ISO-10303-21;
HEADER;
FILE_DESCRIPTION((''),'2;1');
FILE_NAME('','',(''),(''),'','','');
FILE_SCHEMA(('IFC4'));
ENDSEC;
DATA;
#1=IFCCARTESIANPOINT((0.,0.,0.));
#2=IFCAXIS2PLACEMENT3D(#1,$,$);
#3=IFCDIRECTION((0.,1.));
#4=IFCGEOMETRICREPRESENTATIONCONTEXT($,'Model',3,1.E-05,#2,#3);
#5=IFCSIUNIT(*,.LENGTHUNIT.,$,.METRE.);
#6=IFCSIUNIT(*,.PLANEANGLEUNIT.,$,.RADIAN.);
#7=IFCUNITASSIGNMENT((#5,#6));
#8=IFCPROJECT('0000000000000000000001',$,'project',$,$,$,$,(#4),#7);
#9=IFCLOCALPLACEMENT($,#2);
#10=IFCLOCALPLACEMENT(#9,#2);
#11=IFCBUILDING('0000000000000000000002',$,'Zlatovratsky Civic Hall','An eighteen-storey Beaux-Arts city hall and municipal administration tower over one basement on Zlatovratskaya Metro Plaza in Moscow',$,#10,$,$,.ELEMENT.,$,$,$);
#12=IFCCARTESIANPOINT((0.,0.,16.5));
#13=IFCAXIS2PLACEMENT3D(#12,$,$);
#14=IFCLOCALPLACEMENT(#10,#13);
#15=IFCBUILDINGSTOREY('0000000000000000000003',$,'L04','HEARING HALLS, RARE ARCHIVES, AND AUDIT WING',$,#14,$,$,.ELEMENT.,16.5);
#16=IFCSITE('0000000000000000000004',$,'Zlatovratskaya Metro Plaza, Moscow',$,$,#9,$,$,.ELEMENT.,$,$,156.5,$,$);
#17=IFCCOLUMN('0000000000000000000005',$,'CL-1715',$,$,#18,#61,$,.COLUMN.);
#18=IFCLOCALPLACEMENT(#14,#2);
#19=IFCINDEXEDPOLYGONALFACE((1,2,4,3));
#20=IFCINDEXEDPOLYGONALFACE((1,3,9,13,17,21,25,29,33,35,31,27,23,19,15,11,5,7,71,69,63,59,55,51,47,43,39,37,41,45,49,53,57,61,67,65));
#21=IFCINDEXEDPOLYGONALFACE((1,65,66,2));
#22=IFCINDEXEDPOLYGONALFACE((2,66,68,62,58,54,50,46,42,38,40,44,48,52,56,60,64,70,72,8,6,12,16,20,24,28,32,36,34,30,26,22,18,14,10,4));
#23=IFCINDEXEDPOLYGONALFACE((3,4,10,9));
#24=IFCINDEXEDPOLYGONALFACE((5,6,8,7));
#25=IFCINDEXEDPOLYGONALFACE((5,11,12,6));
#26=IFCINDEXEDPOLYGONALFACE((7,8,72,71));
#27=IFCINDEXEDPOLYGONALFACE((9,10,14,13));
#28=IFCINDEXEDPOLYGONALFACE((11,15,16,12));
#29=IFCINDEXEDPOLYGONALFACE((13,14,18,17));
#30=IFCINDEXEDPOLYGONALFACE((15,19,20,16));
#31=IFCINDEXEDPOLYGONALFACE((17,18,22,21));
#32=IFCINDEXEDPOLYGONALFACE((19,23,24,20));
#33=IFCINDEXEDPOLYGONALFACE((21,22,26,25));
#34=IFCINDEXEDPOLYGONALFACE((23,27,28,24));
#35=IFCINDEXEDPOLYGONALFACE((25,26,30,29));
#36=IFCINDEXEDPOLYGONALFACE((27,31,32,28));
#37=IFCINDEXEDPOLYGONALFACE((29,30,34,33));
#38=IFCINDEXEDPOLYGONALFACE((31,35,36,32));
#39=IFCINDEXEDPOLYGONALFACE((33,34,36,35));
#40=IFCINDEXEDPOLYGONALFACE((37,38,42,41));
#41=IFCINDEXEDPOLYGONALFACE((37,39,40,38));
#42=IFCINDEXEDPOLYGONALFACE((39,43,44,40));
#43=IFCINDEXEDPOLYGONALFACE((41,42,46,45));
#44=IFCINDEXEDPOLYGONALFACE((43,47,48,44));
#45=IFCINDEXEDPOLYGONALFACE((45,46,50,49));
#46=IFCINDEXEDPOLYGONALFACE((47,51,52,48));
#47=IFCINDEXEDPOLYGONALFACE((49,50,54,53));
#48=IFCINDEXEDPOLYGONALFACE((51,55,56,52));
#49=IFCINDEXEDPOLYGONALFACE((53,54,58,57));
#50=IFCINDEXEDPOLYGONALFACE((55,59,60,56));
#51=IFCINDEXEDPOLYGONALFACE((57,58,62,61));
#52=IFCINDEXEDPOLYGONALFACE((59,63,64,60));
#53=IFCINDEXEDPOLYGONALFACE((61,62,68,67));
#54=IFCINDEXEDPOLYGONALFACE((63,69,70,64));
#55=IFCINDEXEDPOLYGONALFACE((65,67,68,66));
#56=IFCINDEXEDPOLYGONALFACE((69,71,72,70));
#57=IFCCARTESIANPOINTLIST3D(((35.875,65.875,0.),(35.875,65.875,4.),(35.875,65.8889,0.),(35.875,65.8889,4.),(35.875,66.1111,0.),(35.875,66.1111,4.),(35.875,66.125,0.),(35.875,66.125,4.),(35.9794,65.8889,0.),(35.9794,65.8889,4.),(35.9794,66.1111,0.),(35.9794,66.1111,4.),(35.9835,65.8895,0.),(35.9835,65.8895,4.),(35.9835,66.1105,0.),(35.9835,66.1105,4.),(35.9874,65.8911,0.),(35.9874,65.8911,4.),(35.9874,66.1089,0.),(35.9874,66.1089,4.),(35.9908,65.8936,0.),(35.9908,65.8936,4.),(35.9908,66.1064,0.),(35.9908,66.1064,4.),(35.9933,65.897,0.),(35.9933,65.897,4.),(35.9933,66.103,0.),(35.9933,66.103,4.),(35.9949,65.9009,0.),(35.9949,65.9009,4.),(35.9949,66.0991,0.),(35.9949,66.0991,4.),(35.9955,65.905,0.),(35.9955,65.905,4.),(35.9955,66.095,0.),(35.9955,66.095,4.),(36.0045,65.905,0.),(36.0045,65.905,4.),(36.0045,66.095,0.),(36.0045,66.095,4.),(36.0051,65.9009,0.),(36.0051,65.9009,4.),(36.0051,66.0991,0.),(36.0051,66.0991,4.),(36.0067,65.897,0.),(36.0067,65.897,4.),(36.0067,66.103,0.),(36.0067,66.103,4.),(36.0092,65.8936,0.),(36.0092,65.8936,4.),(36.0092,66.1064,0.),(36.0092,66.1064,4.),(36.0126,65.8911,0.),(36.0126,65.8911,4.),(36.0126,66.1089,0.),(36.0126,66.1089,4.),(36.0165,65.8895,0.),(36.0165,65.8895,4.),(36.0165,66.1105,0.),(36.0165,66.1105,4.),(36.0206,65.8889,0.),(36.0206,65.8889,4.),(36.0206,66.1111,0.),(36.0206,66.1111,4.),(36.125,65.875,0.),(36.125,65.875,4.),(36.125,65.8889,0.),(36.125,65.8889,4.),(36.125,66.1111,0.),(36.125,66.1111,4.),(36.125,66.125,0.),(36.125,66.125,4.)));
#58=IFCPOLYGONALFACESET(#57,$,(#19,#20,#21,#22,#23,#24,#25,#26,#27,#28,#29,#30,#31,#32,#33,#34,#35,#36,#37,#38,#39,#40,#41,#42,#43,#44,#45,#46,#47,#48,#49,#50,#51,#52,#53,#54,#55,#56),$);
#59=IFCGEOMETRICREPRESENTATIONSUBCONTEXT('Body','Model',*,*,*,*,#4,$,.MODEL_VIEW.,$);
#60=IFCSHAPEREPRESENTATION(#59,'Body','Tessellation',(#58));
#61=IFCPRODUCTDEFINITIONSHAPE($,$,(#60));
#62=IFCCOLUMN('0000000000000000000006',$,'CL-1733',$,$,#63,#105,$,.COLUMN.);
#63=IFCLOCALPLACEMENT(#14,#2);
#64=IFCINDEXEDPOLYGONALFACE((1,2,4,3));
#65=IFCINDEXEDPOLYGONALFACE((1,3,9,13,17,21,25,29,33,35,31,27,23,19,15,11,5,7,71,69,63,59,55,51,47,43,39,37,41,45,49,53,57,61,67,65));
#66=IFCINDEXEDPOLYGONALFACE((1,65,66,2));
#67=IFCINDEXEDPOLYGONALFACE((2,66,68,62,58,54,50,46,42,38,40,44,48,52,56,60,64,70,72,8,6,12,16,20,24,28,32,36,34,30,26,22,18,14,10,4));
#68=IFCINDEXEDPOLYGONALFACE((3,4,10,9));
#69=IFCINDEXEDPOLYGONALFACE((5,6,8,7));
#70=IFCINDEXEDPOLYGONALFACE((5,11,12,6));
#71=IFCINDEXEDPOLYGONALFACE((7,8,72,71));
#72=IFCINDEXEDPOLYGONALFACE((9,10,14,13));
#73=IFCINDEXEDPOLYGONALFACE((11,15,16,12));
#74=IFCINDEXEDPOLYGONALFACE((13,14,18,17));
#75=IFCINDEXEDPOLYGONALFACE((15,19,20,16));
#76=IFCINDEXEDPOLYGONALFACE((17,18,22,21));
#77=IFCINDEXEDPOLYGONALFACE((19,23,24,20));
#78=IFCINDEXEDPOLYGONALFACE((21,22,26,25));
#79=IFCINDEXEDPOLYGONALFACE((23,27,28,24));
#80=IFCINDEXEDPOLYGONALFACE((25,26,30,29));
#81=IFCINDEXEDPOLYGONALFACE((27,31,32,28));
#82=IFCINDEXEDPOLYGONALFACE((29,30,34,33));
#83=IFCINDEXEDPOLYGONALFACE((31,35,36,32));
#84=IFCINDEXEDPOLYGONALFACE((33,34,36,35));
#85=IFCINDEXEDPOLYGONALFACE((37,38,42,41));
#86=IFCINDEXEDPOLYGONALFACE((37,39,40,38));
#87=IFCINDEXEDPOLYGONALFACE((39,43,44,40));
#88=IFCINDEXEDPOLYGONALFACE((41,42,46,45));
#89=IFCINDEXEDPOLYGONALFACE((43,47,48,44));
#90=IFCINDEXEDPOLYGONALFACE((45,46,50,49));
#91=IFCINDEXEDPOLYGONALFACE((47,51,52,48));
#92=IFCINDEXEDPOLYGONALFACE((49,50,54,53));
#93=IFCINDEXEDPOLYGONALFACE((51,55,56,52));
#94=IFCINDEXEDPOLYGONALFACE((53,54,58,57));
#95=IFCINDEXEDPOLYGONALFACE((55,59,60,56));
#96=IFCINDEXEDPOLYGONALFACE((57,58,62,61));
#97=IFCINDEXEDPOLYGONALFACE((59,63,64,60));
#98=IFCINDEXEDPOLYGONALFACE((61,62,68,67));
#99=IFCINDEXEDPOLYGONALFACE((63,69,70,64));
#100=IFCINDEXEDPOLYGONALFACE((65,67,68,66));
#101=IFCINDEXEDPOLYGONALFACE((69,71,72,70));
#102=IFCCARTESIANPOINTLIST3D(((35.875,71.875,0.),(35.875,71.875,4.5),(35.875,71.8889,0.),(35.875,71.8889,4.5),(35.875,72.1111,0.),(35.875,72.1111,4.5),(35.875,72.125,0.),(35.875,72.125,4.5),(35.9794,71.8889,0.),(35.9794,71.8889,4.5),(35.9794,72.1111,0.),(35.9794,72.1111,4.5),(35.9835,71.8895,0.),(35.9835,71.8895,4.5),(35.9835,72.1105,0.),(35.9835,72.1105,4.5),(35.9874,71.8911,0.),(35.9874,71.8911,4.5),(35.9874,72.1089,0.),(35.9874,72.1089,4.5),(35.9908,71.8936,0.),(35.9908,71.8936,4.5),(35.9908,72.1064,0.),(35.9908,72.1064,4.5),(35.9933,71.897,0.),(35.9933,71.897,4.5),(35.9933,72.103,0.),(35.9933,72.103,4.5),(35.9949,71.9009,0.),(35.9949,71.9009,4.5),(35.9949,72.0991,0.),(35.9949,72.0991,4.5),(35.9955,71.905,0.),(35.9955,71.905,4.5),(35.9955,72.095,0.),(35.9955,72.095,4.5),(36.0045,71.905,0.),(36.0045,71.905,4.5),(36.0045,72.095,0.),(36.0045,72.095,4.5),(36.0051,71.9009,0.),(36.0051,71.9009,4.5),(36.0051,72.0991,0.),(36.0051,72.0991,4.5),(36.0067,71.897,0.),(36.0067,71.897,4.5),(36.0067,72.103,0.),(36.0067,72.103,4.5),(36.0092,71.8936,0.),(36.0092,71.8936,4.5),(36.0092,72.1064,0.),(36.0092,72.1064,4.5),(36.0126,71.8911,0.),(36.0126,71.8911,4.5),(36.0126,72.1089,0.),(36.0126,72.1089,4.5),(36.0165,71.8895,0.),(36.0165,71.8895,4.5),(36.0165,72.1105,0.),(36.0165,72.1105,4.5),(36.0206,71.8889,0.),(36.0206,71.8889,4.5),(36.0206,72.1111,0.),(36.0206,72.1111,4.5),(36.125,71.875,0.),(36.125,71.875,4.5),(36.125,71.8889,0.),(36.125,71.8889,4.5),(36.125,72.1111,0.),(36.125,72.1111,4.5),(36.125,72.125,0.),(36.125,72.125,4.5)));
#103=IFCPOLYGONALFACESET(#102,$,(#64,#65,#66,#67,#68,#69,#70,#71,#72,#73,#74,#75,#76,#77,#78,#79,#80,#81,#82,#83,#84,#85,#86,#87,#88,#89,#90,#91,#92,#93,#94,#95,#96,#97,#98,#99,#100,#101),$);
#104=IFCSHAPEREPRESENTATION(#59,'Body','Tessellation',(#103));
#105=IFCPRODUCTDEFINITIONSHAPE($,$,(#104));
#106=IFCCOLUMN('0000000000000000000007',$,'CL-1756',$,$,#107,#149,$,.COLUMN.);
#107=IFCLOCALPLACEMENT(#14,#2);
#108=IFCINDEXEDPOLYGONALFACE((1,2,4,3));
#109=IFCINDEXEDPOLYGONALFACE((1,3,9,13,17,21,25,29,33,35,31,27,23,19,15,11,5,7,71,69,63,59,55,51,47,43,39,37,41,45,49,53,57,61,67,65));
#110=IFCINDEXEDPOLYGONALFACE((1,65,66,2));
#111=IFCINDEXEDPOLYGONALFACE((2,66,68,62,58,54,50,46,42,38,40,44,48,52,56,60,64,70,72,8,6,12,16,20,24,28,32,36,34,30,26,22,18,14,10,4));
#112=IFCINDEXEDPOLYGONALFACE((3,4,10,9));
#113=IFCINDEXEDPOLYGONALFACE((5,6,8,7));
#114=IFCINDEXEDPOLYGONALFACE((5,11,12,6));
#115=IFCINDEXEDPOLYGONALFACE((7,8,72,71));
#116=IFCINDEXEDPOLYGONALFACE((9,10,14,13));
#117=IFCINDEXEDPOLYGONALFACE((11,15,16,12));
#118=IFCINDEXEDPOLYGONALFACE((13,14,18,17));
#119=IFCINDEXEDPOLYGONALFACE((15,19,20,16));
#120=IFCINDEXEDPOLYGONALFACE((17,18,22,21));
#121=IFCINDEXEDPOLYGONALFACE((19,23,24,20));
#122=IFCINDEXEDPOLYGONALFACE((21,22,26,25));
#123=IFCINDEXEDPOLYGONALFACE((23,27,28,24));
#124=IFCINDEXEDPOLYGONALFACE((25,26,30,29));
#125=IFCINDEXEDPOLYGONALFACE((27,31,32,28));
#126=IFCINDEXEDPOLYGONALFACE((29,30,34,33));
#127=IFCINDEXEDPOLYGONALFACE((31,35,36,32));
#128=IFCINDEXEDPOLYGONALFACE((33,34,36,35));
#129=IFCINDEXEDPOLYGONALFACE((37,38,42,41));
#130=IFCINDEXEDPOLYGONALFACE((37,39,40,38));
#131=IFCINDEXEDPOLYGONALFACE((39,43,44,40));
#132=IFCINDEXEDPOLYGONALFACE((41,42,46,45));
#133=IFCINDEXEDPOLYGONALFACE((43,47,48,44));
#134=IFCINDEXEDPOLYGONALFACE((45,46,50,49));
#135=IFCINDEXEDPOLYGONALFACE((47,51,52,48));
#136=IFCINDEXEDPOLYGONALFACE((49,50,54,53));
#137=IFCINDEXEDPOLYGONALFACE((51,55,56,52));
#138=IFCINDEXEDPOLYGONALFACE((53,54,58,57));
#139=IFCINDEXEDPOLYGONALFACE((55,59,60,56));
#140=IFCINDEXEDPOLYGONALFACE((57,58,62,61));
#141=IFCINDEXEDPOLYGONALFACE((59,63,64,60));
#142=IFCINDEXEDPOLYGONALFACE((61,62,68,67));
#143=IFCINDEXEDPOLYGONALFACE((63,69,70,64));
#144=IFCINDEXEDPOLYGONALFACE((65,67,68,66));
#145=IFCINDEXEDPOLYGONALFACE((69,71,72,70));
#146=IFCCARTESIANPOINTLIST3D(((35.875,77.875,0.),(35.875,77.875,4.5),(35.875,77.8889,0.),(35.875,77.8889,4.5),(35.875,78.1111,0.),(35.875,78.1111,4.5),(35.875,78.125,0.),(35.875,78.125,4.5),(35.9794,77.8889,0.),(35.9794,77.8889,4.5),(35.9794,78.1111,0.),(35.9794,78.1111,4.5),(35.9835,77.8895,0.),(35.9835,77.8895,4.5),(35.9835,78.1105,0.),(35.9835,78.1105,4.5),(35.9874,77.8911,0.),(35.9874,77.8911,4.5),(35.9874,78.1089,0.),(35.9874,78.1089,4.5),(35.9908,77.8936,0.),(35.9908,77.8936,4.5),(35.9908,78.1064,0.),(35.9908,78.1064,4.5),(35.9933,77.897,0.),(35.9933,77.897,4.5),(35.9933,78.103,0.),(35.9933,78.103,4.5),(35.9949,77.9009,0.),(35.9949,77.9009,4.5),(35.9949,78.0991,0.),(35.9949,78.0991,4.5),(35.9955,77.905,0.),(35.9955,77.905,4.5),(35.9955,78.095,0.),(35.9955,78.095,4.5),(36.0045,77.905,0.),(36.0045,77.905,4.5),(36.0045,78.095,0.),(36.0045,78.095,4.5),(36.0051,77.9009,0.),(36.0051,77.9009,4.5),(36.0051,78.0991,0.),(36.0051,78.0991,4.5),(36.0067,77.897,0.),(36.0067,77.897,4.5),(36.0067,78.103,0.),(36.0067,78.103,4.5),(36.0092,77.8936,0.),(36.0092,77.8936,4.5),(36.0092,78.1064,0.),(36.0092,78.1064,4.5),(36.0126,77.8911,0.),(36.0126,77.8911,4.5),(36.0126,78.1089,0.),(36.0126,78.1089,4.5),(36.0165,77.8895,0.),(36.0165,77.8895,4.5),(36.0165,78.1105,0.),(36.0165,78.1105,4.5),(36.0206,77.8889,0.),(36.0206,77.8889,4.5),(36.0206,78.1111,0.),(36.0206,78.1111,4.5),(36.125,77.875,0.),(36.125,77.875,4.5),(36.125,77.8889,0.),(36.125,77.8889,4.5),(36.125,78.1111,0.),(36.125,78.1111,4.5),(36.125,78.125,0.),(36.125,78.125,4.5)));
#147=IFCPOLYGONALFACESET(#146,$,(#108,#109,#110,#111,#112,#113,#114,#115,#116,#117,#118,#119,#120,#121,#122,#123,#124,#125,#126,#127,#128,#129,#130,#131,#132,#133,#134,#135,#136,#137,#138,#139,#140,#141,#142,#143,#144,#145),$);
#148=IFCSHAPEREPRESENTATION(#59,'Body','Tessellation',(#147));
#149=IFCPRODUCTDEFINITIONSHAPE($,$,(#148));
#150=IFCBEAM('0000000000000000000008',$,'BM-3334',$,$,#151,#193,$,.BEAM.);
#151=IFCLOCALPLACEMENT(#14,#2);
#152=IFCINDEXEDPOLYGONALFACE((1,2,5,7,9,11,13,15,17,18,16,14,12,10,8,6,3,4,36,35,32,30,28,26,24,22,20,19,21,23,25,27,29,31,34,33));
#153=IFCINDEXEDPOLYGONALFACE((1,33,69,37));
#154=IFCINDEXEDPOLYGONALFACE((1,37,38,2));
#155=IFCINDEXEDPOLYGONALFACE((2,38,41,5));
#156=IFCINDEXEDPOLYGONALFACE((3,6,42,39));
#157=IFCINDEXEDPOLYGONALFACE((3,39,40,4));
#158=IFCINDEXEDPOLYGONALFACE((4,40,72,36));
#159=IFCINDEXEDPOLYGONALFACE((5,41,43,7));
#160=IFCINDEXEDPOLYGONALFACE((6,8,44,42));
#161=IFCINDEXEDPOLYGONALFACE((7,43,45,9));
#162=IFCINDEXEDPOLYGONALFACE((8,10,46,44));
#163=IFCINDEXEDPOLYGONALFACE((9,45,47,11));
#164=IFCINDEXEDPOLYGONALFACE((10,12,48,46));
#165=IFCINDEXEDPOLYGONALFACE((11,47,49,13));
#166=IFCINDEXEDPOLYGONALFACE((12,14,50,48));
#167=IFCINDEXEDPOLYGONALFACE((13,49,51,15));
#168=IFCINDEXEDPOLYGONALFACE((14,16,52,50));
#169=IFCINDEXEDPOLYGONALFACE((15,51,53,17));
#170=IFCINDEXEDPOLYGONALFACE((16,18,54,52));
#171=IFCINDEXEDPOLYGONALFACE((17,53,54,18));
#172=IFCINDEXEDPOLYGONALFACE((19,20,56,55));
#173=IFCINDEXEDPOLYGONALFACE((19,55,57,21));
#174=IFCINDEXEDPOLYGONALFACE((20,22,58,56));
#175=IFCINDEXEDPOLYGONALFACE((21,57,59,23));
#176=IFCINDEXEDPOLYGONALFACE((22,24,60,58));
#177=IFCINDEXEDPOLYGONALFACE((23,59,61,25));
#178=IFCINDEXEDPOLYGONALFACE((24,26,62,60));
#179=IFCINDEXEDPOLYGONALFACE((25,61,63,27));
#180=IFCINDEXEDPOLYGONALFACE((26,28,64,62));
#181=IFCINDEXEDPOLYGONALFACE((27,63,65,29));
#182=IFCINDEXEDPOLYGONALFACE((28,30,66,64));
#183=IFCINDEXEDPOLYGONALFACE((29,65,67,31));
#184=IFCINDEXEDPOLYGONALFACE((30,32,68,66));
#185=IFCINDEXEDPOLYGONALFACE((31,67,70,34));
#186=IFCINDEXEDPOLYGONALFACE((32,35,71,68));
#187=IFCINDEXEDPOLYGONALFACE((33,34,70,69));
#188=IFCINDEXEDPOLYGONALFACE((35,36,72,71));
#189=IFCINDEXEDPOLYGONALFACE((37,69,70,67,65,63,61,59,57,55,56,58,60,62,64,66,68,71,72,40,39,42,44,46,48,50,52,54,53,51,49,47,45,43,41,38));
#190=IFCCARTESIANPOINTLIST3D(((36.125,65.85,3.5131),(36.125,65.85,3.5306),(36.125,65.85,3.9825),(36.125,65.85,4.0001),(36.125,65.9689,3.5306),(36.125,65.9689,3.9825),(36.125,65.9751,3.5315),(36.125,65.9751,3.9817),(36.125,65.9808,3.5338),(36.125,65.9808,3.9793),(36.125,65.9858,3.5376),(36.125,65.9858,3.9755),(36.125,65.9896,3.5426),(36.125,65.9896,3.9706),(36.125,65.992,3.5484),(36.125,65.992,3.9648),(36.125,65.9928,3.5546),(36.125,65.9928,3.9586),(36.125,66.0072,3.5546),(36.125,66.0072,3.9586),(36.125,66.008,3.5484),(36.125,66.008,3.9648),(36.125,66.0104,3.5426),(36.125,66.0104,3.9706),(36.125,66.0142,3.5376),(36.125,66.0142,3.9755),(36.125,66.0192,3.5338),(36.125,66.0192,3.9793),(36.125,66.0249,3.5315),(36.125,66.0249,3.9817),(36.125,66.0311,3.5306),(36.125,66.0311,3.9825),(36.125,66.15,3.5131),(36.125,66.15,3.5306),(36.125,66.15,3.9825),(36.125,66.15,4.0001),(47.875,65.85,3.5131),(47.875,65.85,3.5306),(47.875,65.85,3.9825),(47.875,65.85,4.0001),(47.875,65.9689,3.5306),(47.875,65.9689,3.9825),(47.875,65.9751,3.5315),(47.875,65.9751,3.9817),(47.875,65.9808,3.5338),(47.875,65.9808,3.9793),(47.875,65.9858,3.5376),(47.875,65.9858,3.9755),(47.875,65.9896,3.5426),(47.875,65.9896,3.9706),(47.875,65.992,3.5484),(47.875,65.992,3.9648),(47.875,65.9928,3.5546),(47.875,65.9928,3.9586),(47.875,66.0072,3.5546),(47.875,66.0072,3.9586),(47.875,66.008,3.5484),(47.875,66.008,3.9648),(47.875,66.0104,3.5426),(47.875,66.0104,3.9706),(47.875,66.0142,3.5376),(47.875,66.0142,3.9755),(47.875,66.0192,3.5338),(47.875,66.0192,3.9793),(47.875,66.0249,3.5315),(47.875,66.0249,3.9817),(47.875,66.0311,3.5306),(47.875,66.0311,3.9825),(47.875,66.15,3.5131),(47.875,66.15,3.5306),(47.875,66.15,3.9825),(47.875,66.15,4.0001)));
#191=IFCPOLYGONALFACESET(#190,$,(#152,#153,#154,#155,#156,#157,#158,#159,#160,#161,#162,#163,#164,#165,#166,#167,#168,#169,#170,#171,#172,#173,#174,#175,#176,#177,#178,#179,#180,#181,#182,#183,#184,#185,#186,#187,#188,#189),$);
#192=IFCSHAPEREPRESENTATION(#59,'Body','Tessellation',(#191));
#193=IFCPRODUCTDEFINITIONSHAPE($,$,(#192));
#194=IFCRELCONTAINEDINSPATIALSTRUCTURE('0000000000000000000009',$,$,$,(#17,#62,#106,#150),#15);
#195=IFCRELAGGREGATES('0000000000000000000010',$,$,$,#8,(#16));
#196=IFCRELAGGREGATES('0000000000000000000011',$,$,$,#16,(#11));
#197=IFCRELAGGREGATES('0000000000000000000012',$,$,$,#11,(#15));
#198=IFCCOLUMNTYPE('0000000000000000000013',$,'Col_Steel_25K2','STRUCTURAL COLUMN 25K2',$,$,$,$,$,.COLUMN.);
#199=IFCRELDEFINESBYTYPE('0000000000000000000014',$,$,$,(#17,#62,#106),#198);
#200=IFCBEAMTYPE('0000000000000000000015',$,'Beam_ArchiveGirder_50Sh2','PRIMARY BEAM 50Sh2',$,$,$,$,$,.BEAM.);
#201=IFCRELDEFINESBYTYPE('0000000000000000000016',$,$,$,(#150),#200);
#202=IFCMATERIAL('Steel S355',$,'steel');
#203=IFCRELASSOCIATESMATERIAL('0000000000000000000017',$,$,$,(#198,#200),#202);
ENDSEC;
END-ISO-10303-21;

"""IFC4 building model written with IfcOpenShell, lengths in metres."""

from ifc_helpers import new_model, si_unit, direction, frame, origin, origin_2d, place, context, subcontext, project, spatial, i_section, extrude, material, material_profile, profile_set, type_object, element, save


model = new_model("IFC4")

# Units and contexts
model_context = context("Model", 3, precision=1e-05, world=origin(), true_north=direction((0.0, 1.0)))
body_context = subcontext(model_context, "Body", "Model", "MODEL_VIEW")
ifc_project = project(units=[si_unit("LENGTHUNIT", "METRE"), si_unit("PLANEANGLEUNIT", "RADIAN")], contexts=[model_context])

# Site, building, storey
site_placement = place(None, origin())
site = spatial("IfcSite", under=ifc_project, at=site_placement, Name="Zlatovratskaya Metro Plaza, Moscow", CompositionType="ELEMENT", RefElevation=156.5)
building_placement = place(site_placement, origin())
building = spatial("IfcBuilding", under=site, at=building_placement, Name="Zlatovratsky Civic Hall", Description="An eighteen-storey Beaux-Arts city hall and municipal administration tower over one basement on Zlatovratskaya Metro Plaza in Moscow", CompositionType="ELEMENT")
storey_placement = place(building_placement, frame((0.0, 0.0, 16.5)))
storey = spatial("IfcBuildingStorey", under=building, at=storey_placement, Name="L04", Description="HEARING HALLS, RARE ARCHIVES, AND AUDIT WING", CompositionType="ELEMENT", Elevation=16.5)

# Columns
ifc_material_1 = material(Name="Steel S355", Category="steel")
ifc_material_profile_1 = material_profile(ifc_material_1, i_section(OverallWidth=0.25, OverallDepth=0.25, WebThickness=0.009, FlangeThickness=0.0139, FilletRadius=0.0161, at=origin_2d()), Name="25K2")
ifc_profile_set_1 = profile_set([ifc_material_profile_1], Name="Steel S355")
column_type = type_object("IfcColumnType", Name="Col_Steel_25K2", Description="STRUCTURAL COLUMN 25K2", PredefinedType="COLUMN", material=ifc_profile_set_1)
column_placement = place(storey_placement, frame((36.0, 66.0, 0.0), z_axis=(0.0, 0.0, 1.0), x_axis=(1.0, 0.0, 0.0)))
element("IfcColumn", 1, at=column_placement, inside=storey, type_object=column_type, Name="CL-1715", PredefinedType="COLUMN", context=body_context, shape_type="SweptSolid", body=[
    extrude(i_section(OverallWidth=0.25, OverallDepth=0.25, WebThickness=0.009, FlangeThickness=0.0139, FilletRadius=0.0161, at=origin_2d()), origin(), (0.0, 0.0, 1.0), 4.0),
])
for number, where, z_axis, x_axis, name in (
    (2, (36.0, 72.0, 0.0), (0.0, 0.0, 1.0), (1.0, 0.0, 0.0), "CL-1733"),
    (3, (36.0, 78.0, 0.0), (0.0, 0.0, 1.0), (1.0, 0.0, 0.0), "CL-1756"),
):
    element("IfcColumn", number, at=place(storey_placement, frame(where, z_axis=z_axis, x_axis=x_axis)), inside=storey, type_object=column_type, Name=name, PredefinedType="COLUMN", context=body_context, shape_type="SweptSolid", body=[
        extrude(i_section(OverallWidth=0.25, OverallDepth=0.25, WebThickness=0.009, FlangeThickness=0.0139, FilletRadius=0.0161, at=origin_2d()), origin(), (0.0, 0.0, 1.0), 4.5),
    ])

# Beam
ifc_material_profile_2 = material_profile(ifc_material_1, i_section(OverallWidth=0.3, OverallDepth=0.4871, WebThickness=0.0144, FlangeThickness=0.0176, FilletRadius=0.0239, at=origin_2d()), Name="50Sh2")
ifc_profile_set_2 = profile_set([ifc_material_profile_2], Name="Steel S355")
beam_type_1 = type_object("IfcBeamType", Name="Beam_ArchiveGirder_50Sh2", Description="PRIMARY BEAM 50Sh2", PredefinedType="BEAM", material=ifc_profile_set_2)
for number, where, z_axis, x_axis, name in (
    (4, (36.125, 66.0, 3.7566), (1.0, 0.0, 0.0), (0.0, 1.0, 0.0), "BM-3334"),
):
    element("IfcBeam", number, at=place(storey_placement, frame(where, z_axis=z_axis, x_axis=x_axis)), inside=storey, type_object=beam_type_1, Name=name, PredefinedType="BEAM", context=body_context, shape_type="SweptSolid", body=[
        extrude(i_section(OverallWidth=0.3, OverallDepth=0.4871, WebThickness=0.0144, FlangeThickness=0.0176, FilletRadius=0.0239, at=origin_2d()), origin(), (0.0, 0.0, 1.0), 11.75),
    ])

save(model, "model.ifc")
